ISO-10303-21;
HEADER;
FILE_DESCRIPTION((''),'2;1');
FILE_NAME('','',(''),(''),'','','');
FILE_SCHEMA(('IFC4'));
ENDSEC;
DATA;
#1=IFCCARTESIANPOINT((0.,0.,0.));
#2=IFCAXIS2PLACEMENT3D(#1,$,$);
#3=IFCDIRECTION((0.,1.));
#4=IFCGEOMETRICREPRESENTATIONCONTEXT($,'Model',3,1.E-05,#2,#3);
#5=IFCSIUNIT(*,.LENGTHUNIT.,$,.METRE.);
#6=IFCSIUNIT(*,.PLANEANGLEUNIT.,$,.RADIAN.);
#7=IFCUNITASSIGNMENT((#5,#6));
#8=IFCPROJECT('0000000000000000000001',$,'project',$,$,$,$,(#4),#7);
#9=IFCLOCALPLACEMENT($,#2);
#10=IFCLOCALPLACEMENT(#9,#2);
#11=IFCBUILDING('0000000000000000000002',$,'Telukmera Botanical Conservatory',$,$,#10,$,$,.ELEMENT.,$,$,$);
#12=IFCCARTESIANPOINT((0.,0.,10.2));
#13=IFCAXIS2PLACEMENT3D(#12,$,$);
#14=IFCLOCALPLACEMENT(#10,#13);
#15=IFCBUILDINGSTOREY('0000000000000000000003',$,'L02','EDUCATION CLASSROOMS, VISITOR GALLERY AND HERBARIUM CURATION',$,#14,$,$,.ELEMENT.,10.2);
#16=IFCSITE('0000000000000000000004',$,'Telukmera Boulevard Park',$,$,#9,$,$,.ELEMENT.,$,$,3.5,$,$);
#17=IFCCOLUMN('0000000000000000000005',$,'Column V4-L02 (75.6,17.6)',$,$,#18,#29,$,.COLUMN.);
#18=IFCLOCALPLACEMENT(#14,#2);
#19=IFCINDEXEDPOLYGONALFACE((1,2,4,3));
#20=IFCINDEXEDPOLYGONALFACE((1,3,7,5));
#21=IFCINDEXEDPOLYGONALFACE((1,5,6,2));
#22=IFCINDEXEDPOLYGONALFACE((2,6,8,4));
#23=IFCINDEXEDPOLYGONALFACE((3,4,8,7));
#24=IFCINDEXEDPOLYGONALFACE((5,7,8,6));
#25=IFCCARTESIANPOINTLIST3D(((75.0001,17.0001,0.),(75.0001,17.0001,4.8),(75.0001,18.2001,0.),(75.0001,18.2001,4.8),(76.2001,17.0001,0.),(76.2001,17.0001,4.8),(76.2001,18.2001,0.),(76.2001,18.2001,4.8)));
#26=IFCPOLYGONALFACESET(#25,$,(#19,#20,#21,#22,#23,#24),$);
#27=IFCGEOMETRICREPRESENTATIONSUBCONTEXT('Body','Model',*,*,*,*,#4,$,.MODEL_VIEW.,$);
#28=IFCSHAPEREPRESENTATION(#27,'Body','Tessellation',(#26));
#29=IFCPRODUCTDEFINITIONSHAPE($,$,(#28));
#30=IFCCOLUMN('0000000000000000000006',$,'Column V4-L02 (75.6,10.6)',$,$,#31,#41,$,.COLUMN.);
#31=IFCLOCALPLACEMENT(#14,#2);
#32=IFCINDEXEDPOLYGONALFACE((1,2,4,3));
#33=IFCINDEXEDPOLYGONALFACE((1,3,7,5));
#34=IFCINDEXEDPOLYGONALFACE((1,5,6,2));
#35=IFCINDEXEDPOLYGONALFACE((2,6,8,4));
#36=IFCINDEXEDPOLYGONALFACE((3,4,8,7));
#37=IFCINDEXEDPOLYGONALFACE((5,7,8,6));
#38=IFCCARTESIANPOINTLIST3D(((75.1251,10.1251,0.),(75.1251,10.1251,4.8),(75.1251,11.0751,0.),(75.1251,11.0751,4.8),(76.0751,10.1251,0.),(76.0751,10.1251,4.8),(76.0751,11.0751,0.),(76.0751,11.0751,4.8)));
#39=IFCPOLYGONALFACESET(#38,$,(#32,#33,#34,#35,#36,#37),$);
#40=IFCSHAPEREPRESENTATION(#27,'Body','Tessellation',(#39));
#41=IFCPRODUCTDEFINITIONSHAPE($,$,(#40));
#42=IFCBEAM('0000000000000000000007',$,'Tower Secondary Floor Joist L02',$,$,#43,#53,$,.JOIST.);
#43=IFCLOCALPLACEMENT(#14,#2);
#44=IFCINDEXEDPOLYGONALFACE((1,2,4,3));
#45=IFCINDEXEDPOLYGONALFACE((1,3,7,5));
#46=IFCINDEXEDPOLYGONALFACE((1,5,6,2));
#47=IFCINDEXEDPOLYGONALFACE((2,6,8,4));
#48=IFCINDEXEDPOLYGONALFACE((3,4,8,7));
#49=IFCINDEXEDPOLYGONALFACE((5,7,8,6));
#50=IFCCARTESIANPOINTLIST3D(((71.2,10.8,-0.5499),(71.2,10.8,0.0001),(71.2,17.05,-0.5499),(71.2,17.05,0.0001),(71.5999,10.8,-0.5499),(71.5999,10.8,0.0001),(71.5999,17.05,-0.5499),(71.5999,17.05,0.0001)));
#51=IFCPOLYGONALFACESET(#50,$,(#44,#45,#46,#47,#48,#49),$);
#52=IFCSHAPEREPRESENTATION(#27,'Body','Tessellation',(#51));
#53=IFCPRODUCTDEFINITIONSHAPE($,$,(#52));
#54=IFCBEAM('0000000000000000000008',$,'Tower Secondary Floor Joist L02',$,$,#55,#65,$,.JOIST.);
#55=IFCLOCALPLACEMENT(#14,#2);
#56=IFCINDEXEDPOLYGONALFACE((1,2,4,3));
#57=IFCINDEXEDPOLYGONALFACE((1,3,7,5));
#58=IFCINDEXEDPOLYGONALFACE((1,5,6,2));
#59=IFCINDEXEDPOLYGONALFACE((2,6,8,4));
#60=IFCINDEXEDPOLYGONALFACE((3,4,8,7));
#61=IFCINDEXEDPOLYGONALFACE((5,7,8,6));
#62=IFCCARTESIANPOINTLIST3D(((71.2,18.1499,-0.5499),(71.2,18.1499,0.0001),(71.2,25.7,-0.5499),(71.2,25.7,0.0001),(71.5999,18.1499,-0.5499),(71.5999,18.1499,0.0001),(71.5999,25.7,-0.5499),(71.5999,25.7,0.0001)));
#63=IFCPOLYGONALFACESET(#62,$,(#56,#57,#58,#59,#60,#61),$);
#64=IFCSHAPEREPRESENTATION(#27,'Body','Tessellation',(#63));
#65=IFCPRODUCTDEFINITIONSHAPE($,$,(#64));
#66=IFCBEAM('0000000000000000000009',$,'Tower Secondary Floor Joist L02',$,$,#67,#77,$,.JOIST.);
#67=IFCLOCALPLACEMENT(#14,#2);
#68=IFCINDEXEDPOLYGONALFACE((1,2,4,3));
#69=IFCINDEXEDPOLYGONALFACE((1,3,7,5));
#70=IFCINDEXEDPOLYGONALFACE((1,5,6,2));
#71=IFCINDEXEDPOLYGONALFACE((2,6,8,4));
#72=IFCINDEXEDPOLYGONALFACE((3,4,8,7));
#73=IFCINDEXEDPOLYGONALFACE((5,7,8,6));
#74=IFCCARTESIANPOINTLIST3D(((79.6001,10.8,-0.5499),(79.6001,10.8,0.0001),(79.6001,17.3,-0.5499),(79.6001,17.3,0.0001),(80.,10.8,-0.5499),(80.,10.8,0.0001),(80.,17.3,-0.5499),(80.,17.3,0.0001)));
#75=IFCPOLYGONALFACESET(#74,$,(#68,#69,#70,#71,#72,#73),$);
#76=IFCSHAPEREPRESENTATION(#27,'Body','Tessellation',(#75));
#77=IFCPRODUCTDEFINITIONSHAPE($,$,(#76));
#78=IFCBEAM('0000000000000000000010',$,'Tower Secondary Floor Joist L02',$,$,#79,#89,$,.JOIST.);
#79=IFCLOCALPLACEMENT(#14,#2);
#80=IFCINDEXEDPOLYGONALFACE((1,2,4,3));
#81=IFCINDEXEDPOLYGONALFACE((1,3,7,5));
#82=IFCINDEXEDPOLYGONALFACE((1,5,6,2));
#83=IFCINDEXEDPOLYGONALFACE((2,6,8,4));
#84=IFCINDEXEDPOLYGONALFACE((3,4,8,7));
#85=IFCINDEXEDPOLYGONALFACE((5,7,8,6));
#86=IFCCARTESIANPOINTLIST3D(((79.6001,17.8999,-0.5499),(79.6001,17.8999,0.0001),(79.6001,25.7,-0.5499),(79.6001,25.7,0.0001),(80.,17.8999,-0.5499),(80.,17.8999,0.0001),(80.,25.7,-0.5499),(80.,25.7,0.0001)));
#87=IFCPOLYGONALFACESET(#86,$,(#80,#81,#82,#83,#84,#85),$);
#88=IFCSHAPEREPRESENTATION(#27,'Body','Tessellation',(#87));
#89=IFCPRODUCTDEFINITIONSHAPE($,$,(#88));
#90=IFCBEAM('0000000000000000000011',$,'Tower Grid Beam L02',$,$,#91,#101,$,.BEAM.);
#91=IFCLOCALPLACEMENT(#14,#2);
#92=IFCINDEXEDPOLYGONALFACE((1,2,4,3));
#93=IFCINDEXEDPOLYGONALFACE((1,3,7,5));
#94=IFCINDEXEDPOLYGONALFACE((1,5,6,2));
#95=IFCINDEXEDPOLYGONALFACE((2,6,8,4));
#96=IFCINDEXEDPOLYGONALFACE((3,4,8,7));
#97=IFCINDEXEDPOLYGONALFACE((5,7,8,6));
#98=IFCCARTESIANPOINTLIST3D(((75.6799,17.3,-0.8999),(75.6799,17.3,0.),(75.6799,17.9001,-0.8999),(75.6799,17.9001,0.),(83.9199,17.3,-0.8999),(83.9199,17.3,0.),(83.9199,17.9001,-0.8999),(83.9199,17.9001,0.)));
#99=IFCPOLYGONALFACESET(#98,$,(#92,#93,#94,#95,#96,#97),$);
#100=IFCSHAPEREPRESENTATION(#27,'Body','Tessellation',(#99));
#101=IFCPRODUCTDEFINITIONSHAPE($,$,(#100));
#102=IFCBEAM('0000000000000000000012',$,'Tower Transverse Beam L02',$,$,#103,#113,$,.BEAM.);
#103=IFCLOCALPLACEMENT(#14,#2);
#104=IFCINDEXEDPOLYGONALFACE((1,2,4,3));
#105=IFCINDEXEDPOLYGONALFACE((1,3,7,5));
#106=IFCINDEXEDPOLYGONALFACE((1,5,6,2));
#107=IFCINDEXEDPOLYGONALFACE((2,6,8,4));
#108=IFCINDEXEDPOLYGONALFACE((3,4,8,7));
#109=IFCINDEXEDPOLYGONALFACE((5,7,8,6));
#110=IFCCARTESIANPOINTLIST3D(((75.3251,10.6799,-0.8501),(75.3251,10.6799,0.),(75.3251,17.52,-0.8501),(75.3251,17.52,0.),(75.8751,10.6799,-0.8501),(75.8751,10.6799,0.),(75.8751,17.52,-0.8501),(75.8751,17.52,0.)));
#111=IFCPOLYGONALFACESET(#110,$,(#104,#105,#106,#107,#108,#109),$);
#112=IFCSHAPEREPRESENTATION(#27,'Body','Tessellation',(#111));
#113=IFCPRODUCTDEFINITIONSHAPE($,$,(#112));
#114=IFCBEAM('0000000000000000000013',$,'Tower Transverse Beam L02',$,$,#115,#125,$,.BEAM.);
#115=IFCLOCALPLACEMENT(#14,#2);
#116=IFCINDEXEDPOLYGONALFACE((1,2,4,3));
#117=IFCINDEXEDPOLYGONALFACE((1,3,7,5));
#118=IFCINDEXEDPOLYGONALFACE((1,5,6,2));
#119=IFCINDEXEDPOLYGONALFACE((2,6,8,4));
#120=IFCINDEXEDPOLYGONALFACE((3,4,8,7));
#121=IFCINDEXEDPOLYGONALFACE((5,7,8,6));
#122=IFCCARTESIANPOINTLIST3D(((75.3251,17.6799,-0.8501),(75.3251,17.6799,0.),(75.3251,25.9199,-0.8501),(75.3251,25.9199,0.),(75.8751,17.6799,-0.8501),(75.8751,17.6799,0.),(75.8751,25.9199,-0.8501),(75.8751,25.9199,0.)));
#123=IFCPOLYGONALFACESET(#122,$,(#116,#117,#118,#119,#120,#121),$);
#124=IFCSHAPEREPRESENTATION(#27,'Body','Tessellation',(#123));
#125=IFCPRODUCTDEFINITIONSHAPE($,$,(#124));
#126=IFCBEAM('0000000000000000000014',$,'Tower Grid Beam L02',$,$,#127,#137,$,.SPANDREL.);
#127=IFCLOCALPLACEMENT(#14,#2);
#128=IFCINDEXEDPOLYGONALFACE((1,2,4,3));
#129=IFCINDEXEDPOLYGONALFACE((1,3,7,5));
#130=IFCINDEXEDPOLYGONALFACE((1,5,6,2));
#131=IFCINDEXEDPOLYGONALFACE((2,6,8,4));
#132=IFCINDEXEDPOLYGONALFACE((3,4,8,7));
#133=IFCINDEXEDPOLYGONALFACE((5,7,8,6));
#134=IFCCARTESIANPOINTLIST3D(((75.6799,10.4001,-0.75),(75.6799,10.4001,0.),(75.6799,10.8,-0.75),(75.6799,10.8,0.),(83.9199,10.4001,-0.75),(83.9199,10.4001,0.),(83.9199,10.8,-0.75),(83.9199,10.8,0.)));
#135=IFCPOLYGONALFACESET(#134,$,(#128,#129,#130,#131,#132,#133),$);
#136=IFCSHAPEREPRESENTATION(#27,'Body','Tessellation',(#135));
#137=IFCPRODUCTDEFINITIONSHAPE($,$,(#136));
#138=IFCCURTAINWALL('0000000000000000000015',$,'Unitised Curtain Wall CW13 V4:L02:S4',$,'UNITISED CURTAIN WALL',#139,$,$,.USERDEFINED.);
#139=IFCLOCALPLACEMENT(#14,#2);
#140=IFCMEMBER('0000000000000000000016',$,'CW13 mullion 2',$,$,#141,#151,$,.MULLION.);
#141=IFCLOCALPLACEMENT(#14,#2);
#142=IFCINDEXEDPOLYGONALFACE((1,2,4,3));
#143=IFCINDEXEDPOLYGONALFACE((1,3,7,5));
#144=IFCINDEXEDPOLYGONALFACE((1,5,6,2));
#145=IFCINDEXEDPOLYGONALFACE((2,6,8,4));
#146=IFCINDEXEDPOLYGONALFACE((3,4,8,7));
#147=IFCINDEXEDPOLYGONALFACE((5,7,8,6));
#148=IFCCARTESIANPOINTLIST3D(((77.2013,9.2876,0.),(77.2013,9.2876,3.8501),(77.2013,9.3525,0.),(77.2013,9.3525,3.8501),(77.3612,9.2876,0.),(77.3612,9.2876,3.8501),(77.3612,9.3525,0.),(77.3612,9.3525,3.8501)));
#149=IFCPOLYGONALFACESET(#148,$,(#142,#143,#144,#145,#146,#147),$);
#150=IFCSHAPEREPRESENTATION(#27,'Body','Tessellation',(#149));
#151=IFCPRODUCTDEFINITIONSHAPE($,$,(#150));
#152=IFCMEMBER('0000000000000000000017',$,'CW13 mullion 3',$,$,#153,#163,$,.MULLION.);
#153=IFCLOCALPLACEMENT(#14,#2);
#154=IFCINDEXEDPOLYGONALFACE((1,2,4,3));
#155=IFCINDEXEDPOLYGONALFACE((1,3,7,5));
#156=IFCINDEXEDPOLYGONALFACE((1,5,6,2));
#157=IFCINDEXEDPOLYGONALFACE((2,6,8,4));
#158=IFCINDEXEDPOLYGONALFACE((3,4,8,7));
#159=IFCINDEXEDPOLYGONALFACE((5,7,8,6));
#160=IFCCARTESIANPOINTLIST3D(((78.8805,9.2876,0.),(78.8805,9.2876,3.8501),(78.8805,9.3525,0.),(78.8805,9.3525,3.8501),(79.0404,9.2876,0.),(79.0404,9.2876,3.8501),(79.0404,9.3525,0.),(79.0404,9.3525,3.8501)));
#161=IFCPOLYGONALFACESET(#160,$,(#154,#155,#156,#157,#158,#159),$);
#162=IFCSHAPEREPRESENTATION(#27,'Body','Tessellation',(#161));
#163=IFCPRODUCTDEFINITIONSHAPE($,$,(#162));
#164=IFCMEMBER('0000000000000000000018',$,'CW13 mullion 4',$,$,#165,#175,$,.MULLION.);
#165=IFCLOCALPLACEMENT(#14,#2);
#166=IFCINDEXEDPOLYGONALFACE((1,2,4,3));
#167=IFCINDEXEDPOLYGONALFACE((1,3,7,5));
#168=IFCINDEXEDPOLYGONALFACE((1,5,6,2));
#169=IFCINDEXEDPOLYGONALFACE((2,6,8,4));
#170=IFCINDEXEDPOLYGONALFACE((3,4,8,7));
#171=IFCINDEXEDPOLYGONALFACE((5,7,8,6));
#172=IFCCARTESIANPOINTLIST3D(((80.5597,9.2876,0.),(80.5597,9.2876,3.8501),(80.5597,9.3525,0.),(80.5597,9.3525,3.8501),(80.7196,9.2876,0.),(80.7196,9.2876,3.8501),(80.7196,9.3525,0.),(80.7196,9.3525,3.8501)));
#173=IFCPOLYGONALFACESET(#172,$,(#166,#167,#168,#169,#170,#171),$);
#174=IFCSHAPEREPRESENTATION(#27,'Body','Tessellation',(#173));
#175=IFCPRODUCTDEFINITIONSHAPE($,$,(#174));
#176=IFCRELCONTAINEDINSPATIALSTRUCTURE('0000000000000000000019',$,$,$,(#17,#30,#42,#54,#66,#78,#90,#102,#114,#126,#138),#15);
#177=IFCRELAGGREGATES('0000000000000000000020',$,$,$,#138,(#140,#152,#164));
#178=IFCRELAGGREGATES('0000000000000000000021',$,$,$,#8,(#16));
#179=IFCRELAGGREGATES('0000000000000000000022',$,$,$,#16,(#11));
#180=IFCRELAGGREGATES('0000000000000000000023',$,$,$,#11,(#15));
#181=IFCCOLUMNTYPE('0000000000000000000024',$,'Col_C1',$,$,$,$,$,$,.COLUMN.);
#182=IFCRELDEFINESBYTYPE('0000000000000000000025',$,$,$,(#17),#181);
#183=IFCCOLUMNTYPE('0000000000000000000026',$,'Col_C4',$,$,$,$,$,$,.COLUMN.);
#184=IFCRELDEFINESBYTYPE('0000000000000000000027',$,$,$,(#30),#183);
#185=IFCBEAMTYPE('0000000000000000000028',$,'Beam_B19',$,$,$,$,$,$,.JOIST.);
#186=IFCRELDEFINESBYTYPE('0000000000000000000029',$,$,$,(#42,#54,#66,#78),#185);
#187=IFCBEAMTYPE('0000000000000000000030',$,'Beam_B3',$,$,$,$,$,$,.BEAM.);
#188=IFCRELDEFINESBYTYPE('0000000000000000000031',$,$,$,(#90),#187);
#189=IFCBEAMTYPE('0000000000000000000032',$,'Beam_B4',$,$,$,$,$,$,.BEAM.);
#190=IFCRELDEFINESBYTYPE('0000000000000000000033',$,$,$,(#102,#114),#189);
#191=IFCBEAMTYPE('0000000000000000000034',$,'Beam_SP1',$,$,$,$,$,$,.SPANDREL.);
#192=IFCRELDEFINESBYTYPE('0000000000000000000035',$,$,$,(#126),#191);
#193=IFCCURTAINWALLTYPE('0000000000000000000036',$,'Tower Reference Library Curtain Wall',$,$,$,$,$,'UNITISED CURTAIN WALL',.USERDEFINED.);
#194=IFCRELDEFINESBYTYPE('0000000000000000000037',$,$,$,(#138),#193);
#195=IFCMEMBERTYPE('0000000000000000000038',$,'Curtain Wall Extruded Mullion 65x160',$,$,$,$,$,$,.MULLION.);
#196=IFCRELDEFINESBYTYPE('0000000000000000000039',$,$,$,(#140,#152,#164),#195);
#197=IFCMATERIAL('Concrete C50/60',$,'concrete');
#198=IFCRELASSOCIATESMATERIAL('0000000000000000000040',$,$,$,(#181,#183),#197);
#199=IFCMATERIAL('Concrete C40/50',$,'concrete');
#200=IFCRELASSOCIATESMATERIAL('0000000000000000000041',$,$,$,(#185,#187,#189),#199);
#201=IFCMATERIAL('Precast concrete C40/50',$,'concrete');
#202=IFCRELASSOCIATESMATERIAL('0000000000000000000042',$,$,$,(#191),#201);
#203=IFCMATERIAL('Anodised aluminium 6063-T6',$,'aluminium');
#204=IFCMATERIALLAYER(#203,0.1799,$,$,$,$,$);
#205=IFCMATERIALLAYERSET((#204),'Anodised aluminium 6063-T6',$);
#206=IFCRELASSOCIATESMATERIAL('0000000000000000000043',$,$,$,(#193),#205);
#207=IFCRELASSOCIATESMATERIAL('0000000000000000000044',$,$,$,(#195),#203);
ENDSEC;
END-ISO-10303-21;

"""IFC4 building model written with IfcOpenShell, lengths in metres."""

from ifc_helpers import new_model, si_unit, direction, frame, origin, origin_2d, place, context, subcontext, project, spatial, rectangle, extrude, material, layer, layer_set, material_profile, profile_set, type_object, element, aggregate, save


model = new_model("IFC4")

# Units and contexts
model_context = context("Model", 3, precision=1e-05, world=origin(), true_north=direction((0.0, 1.0)))
body_context = subcontext(model_context, "Body", "Model", "MODEL_VIEW")
ifc_project = project(units=[si_unit("LENGTHUNIT", "METRE"), si_unit("PLANEANGLEUNIT", "RADIAN")], contexts=[model_context])

# Site, building, storey
site_placement = place(None, origin())
site = spatial("IfcSite", under=ifc_project, at=site_placement, Name="Telukmera Boulevard Park", CompositionType="ELEMENT", RefElevation=3.5)
building_placement = place(site_placement, origin())
building = spatial("IfcBuilding", under=site, at=building_placement, Name="Telukmera Botanical Conservatory", CompositionType="ELEMENT")
storey_placement = place(building_placement, frame((0.0, 0.0, 10.2)))
storey = spatial("IfcBuildingStorey", under=building, at=storey_placement, Name="L02", Description="EDUCATION CLASSROOMS, VISITOR GALLERY AND HERBARIUM CURATION", CompositionType="ELEMENT", Elevation=10.2)

# Columns
ifc_material_1 = material(Name="Concrete C50/60", Category="concrete")
ifc_material_profile_1 = material_profile(ifc_material_1, rectangle(XDim=1.2, YDim=1.2, at=origin_2d()), Name="RC 1200x1200")
ifc_profile_set_1 = profile_set([ifc_material_profile_1], Name="Concrete C50/60")
column_type_1 = type_object("IfcColumnType", Name="Col_C1", PredefinedType="COLUMN", material=ifc_profile_set_1)
column_1_placement = place(storey_placement, frame((75.6001, 17.6001, 0.0), z_axis=(0.0, 0.0, 1.0), x_axis=(1.0, 0.0, 0.0)))
element("IfcColumn", 1, at=column_1_placement, inside=storey, type_object=column_type_1, Name="Column V4-L02 (75.6,17.6)", PredefinedType="COLUMN", context=body_context, shape_type="SweptSolid", body=[
    extrude(rectangle(XDim=1.2, YDim=1.2, at=origin_2d()), origin(), (0.0, 0.0, 1.0), 4.8),
])
ifc_material_profile_2 = material_profile(ifc_material_1, rectangle(XDim=0.95, YDim=0.95, at=origin_2d()), Name="RC 950x950")
ifc_profile_set_2 = profile_set([ifc_material_profile_2], Name="Concrete C50/60")
column_type_2 = type_object("IfcColumnType", Name="Col_C4", PredefinedType="COLUMN", material=ifc_profile_set_2)
column_2_placement = place(storey_placement, frame((75.6001, 10.6001, 0.0), z_axis=(0.0, 0.0, 1.0), x_axis=(1.0, 0.0, 0.0)))
element("IfcColumn", 2, at=column_2_placement, inside=storey, type_object=column_type_2, Name="Column V4-L02 (75.6,10.6)", PredefinedType="COLUMN", context=body_context, shape_type="SweptSolid", body=[
    extrude(rectangle(XDim=0.95, YDim=0.95, at=origin_2d()), origin(), (0.0, 0.0, 1.0), 4.8),
])

# Beams
ifc_material_2 = material(Name="Concrete C40/50", Category="concrete")
ifc_material_profile_3 = material_profile(ifc_material_2, rectangle(XDim=0.3999, YDim=0.55, at=origin_2d()), Name="RC 400x550")
ifc_profile_set_3 = profile_set([ifc_material_profile_3], Name="Concrete C40/50")
beam_type_1 = type_object("IfcBeamType", Name="Beam_B19", PredefinedType="JOIST", material=ifc_profile_set_3)
beam_1_placement = place(storey_placement, frame((71.3999, 10.8, -0.2749), z_axis=(0.0, 1.0, 0.0), x_axis=(-1.0, 0.0, 0.0)))
element("IfcBeam", 3, at=beam_1_placement, inside=storey, type_object=beam_type_1, Name="Tower Secondary Floor Joist L02", PredefinedType="JOIST", context=body_context, shape_type="SweptSolid", body=[
    extrude(rectangle(XDim=0.3999, YDim=0.55, at=origin_2d()), origin(), (0.0, 0.0, 1.0), 6.25),
])
beam_2_placement = place(storey_placement, frame((71.3999, 18.1499, -0.2749), z_axis=(0.0, 1.0, 0.0), x_axis=(-1.0, 0.0, 0.0)))
element("IfcBeam", 4, at=beam_2_placement, inside=storey, type_object=beam_type_1, Name="Tower Secondary Floor Joist L02", PredefinedType="JOIST", context=body_context, shape_type="SweptSolid", body=[
    extrude(rectangle(XDim=0.3999, YDim=0.55, at=origin_2d()), origin(), (0.0, 0.0, 1.0), 7.55),
])
beam_3_placement = place(storey_placement, frame((79.8, 10.8, -0.2749), z_axis=(0.0, 1.0, 0.0), x_axis=(-1.0, 0.0, 0.0)))
element("IfcBeam", 5, at=beam_3_placement, inside=storey, type_object=beam_type_1, Name="Tower Secondary Floor Joist L02", PredefinedType="JOIST", context=body_context, shape_type="SweptSolid", body=[
    extrude(rectangle(XDim=0.3999, YDim=0.55, at=origin_2d()), origin(), (0.0, 0.0, 1.0), 6.5),
])
beam_4_placement = place(storey_placement, frame((79.8, 17.8999, -0.2749), z_axis=(0.0, 1.0, 0.0), x_axis=(-1.0, 0.0, 0.0)))
element("IfcBeam", 6, at=beam_4_placement, inside=storey, type_object=beam_type_1, Name="Tower Secondary Floor Joist L02", PredefinedType="JOIST", context=body_context, shape_type="SweptSolid", body=[
    extrude(rectangle(XDim=0.3999, YDim=0.55, at=origin_2d()), origin(), (0.0, 0.0, 1.0), 7.8),
])
ifc_material_profile_4 = material_profile(ifc_material_2, rectangle(XDim=0.6001, YDim=0.8999, at=origin_2d()), Name="RC 600x900")
ifc_profile_set_4 = profile_set([ifc_material_profile_4], Name="Concrete C40/50")
beam_type_2 = type_object("IfcBeamType", Name="Beam_B3", PredefinedType="BEAM", material=ifc_profile_set_4)
beam_5_placement = place(storey_placement, frame((75.6799, 17.6001, -0.45), z_axis=(1.0, 0.0, 0.0), x_axis=(0.0, 1.0, 0.0)))
element("IfcBeam", 7, at=beam_5_placement, inside=storey, type_object=beam_type_2, Name="Tower Grid Beam L02", PredefinedType="BEAM", context=body_context, shape_type="SweptSolid", body=[
    extrude(rectangle(XDim=0.6001, YDim=0.8999, at=origin_2d()), origin(), (0.0, 0.0, 1.0), 8.24),
])
ifc_material_profile_5 = material_profile(ifc_material_2, rectangle(XDim=0.55, YDim=0.8501, at=origin_2d()), Name="RC 550x850")
ifc_profile_set_5 = profile_set([ifc_material_profile_5], Name="Concrete C40/50")
beam_type_3 = type_object("IfcBeamType", Name="Beam_B4", PredefinedType="BEAM", material=ifc_profile_set_5)
beam_6_placement = place(storey_placement, frame((75.6001, 10.6799, -0.425), z_axis=(0.0, 1.0, 0.0), x_axis=(-1.0, 0.0, 0.0)))
element("IfcBeam", 8, at=beam_6_placement, inside=storey, type_object=beam_type_3, Name="Tower Transverse Beam L02", PredefinedType="BEAM", context=body_context, shape_type="SweptSolid", body=[
    extrude(rectangle(XDim=0.55, YDim=0.8501, at=origin_2d()), origin(), (0.0, 0.0, 1.0), 6.8401),
])
beam_7_placement = place(storey_placement, frame((75.6001, 17.6799, -0.425), z_axis=(0.0, 1.0, 0.0), x_axis=(-1.0, 0.0, 0.0)))
element("IfcBeam", 9, at=beam_7_placement, inside=storey, type_object=beam_type_3, Name="Tower Transverse Beam L02", PredefinedType="BEAM", context=body_context, shape_type="SweptSolid", body=[
    extrude(rectangle(XDim=0.55, YDim=0.8501, at=origin_2d()), origin(), (0.0, 0.0, 1.0), 8.24),
])
ifc_material_3 = material(Name="Precast concrete C40/50", Category="concrete")
ifc_material_profile_6 = material_profile(ifc_material_3, rectangle(XDim=0.3999, YDim=0.75, at=origin_2d()), Name="PC 400x750")
ifc_profile_set_6 = profile_set([ifc_material_profile_6], Name="Precast concrete C40/50")
beam_type_4 = type_object("IfcBeamType", Name="Beam_SP1", PredefinedType="SPANDREL", material=ifc_profile_set_6)
beam_8_placement = place(storey_placement, frame((75.6799, 10.6001, -0.375), z_axis=(1.0, 0.0, 0.0), x_axis=(0.0, 1.0, 0.0)))
element("IfcBeam", 10, at=beam_8_placement, inside=storey, type_object=beam_type_4, Name="Tower Grid Beam L02", PredefinedType="SPANDREL", context=body_context, shape_type="SweptSolid", body=[
    extrude(rectangle(XDim=0.3999, YDim=0.75, at=origin_2d()), origin(), (0.0, 0.0, 1.0), 8.24),
])

# Curtain wall, members
ifc_material_4 = material(Name="Anodised aluminium 6063-T6", Category="aluminium")
ifc_layer_1 = layer(ifc_material_4, 0.1799)
ifc_layer_set_1 = layer_set([ifc_layer_1], Name="Anodised aluminium 6063-T6")
curtain_wall_type = type_object("IfcCurtainWallType", Name="Tower Reference Library Curtain Wall", ElementType="UNITISED CURTAIN WALL", PredefinedType="USERDEFINED", material=ifc_layer_set_1)
curtain_wall_placement = place(storey_placement, origin())
curtain_wall = element("IfcCurtainWall", 11, at=curtain_wall_placement, inside=storey, type_object=curtain_wall_type, Name="Unitised Curtain Wall CW13 V4:L02:S4", ObjectType="UNITISED CURTAIN WALL", PredefinedType="USERDEFINED")
ifc_material_profile_7 = material_profile(ifc_material_4, rectangle(XDim=0.0649, YDim=0.1599, at=origin_2d()), Name="ALU MULL 65x160")
ifc_profile_set_7 = profile_set([ifc_material_profile_7], Name="Anodised aluminium 6063-T6")
member_type_1 = type_object("IfcMemberType", Name="Curtain Wall Extruded Mullion 65x160", PredefinedType="MULLION", material=ifc_profile_set_7)
member_1_placement = place(storey_placement, frame((77.2812, 9.3201, 0.0), z_axis=(0.0, 0.0, 1.0), x_axis=(0.0, 1.0, 0.0)))
member_1 = element("IfcMember", 12, at=member_1_placement, type_object=member_type_1, Name="CW13 mullion 2", PredefinedType="MULLION", context=body_context, shape_type="SweptSolid", body=[
    extrude(rectangle(XDim=0.0649, YDim=0.1599, at=origin_2d()), origin(), (0.0, 0.0, 1.0), 3.8501),
])
member_2_placement = place(storey_placement, frame((78.9604, 9.3201, 0.0), z_axis=(0.0, 0.0, 1.0), x_axis=(0.0, 1.0, 0.0)))
member_2 = element("IfcMember", 13, at=member_2_placement, type_object=member_type_1, Name="CW13 mullion 3", PredefinedType="MULLION", context=body_context, shape_type="SweptSolid", body=[
    extrude(rectangle(XDim=0.0649, YDim=0.1599, at=origin_2d()), origin(), (0.0, 0.0, 1.0), 3.8501),
])
member_3_placement = place(storey_placement, frame((80.6396, 9.3201, 0.0), z_axis=(0.0, 0.0, 1.0), x_axis=(0.0, 1.0, 0.0)))
member_3 = element("IfcMember", 14, at=member_3_placement, type_object=member_type_1, Name="CW13 mullion 4", PredefinedType="MULLION", context=body_context, shape_type="SweptSolid", body=[
    extrude(rectangle(XDim=0.0649, YDim=0.1599, at=origin_2d()), origin(), (0.0, 0.0, 1.0), 3.8501),
])
aggregate(curtain_wall, [member_1, member_2, member_3])

save(model, "model.ifc")
